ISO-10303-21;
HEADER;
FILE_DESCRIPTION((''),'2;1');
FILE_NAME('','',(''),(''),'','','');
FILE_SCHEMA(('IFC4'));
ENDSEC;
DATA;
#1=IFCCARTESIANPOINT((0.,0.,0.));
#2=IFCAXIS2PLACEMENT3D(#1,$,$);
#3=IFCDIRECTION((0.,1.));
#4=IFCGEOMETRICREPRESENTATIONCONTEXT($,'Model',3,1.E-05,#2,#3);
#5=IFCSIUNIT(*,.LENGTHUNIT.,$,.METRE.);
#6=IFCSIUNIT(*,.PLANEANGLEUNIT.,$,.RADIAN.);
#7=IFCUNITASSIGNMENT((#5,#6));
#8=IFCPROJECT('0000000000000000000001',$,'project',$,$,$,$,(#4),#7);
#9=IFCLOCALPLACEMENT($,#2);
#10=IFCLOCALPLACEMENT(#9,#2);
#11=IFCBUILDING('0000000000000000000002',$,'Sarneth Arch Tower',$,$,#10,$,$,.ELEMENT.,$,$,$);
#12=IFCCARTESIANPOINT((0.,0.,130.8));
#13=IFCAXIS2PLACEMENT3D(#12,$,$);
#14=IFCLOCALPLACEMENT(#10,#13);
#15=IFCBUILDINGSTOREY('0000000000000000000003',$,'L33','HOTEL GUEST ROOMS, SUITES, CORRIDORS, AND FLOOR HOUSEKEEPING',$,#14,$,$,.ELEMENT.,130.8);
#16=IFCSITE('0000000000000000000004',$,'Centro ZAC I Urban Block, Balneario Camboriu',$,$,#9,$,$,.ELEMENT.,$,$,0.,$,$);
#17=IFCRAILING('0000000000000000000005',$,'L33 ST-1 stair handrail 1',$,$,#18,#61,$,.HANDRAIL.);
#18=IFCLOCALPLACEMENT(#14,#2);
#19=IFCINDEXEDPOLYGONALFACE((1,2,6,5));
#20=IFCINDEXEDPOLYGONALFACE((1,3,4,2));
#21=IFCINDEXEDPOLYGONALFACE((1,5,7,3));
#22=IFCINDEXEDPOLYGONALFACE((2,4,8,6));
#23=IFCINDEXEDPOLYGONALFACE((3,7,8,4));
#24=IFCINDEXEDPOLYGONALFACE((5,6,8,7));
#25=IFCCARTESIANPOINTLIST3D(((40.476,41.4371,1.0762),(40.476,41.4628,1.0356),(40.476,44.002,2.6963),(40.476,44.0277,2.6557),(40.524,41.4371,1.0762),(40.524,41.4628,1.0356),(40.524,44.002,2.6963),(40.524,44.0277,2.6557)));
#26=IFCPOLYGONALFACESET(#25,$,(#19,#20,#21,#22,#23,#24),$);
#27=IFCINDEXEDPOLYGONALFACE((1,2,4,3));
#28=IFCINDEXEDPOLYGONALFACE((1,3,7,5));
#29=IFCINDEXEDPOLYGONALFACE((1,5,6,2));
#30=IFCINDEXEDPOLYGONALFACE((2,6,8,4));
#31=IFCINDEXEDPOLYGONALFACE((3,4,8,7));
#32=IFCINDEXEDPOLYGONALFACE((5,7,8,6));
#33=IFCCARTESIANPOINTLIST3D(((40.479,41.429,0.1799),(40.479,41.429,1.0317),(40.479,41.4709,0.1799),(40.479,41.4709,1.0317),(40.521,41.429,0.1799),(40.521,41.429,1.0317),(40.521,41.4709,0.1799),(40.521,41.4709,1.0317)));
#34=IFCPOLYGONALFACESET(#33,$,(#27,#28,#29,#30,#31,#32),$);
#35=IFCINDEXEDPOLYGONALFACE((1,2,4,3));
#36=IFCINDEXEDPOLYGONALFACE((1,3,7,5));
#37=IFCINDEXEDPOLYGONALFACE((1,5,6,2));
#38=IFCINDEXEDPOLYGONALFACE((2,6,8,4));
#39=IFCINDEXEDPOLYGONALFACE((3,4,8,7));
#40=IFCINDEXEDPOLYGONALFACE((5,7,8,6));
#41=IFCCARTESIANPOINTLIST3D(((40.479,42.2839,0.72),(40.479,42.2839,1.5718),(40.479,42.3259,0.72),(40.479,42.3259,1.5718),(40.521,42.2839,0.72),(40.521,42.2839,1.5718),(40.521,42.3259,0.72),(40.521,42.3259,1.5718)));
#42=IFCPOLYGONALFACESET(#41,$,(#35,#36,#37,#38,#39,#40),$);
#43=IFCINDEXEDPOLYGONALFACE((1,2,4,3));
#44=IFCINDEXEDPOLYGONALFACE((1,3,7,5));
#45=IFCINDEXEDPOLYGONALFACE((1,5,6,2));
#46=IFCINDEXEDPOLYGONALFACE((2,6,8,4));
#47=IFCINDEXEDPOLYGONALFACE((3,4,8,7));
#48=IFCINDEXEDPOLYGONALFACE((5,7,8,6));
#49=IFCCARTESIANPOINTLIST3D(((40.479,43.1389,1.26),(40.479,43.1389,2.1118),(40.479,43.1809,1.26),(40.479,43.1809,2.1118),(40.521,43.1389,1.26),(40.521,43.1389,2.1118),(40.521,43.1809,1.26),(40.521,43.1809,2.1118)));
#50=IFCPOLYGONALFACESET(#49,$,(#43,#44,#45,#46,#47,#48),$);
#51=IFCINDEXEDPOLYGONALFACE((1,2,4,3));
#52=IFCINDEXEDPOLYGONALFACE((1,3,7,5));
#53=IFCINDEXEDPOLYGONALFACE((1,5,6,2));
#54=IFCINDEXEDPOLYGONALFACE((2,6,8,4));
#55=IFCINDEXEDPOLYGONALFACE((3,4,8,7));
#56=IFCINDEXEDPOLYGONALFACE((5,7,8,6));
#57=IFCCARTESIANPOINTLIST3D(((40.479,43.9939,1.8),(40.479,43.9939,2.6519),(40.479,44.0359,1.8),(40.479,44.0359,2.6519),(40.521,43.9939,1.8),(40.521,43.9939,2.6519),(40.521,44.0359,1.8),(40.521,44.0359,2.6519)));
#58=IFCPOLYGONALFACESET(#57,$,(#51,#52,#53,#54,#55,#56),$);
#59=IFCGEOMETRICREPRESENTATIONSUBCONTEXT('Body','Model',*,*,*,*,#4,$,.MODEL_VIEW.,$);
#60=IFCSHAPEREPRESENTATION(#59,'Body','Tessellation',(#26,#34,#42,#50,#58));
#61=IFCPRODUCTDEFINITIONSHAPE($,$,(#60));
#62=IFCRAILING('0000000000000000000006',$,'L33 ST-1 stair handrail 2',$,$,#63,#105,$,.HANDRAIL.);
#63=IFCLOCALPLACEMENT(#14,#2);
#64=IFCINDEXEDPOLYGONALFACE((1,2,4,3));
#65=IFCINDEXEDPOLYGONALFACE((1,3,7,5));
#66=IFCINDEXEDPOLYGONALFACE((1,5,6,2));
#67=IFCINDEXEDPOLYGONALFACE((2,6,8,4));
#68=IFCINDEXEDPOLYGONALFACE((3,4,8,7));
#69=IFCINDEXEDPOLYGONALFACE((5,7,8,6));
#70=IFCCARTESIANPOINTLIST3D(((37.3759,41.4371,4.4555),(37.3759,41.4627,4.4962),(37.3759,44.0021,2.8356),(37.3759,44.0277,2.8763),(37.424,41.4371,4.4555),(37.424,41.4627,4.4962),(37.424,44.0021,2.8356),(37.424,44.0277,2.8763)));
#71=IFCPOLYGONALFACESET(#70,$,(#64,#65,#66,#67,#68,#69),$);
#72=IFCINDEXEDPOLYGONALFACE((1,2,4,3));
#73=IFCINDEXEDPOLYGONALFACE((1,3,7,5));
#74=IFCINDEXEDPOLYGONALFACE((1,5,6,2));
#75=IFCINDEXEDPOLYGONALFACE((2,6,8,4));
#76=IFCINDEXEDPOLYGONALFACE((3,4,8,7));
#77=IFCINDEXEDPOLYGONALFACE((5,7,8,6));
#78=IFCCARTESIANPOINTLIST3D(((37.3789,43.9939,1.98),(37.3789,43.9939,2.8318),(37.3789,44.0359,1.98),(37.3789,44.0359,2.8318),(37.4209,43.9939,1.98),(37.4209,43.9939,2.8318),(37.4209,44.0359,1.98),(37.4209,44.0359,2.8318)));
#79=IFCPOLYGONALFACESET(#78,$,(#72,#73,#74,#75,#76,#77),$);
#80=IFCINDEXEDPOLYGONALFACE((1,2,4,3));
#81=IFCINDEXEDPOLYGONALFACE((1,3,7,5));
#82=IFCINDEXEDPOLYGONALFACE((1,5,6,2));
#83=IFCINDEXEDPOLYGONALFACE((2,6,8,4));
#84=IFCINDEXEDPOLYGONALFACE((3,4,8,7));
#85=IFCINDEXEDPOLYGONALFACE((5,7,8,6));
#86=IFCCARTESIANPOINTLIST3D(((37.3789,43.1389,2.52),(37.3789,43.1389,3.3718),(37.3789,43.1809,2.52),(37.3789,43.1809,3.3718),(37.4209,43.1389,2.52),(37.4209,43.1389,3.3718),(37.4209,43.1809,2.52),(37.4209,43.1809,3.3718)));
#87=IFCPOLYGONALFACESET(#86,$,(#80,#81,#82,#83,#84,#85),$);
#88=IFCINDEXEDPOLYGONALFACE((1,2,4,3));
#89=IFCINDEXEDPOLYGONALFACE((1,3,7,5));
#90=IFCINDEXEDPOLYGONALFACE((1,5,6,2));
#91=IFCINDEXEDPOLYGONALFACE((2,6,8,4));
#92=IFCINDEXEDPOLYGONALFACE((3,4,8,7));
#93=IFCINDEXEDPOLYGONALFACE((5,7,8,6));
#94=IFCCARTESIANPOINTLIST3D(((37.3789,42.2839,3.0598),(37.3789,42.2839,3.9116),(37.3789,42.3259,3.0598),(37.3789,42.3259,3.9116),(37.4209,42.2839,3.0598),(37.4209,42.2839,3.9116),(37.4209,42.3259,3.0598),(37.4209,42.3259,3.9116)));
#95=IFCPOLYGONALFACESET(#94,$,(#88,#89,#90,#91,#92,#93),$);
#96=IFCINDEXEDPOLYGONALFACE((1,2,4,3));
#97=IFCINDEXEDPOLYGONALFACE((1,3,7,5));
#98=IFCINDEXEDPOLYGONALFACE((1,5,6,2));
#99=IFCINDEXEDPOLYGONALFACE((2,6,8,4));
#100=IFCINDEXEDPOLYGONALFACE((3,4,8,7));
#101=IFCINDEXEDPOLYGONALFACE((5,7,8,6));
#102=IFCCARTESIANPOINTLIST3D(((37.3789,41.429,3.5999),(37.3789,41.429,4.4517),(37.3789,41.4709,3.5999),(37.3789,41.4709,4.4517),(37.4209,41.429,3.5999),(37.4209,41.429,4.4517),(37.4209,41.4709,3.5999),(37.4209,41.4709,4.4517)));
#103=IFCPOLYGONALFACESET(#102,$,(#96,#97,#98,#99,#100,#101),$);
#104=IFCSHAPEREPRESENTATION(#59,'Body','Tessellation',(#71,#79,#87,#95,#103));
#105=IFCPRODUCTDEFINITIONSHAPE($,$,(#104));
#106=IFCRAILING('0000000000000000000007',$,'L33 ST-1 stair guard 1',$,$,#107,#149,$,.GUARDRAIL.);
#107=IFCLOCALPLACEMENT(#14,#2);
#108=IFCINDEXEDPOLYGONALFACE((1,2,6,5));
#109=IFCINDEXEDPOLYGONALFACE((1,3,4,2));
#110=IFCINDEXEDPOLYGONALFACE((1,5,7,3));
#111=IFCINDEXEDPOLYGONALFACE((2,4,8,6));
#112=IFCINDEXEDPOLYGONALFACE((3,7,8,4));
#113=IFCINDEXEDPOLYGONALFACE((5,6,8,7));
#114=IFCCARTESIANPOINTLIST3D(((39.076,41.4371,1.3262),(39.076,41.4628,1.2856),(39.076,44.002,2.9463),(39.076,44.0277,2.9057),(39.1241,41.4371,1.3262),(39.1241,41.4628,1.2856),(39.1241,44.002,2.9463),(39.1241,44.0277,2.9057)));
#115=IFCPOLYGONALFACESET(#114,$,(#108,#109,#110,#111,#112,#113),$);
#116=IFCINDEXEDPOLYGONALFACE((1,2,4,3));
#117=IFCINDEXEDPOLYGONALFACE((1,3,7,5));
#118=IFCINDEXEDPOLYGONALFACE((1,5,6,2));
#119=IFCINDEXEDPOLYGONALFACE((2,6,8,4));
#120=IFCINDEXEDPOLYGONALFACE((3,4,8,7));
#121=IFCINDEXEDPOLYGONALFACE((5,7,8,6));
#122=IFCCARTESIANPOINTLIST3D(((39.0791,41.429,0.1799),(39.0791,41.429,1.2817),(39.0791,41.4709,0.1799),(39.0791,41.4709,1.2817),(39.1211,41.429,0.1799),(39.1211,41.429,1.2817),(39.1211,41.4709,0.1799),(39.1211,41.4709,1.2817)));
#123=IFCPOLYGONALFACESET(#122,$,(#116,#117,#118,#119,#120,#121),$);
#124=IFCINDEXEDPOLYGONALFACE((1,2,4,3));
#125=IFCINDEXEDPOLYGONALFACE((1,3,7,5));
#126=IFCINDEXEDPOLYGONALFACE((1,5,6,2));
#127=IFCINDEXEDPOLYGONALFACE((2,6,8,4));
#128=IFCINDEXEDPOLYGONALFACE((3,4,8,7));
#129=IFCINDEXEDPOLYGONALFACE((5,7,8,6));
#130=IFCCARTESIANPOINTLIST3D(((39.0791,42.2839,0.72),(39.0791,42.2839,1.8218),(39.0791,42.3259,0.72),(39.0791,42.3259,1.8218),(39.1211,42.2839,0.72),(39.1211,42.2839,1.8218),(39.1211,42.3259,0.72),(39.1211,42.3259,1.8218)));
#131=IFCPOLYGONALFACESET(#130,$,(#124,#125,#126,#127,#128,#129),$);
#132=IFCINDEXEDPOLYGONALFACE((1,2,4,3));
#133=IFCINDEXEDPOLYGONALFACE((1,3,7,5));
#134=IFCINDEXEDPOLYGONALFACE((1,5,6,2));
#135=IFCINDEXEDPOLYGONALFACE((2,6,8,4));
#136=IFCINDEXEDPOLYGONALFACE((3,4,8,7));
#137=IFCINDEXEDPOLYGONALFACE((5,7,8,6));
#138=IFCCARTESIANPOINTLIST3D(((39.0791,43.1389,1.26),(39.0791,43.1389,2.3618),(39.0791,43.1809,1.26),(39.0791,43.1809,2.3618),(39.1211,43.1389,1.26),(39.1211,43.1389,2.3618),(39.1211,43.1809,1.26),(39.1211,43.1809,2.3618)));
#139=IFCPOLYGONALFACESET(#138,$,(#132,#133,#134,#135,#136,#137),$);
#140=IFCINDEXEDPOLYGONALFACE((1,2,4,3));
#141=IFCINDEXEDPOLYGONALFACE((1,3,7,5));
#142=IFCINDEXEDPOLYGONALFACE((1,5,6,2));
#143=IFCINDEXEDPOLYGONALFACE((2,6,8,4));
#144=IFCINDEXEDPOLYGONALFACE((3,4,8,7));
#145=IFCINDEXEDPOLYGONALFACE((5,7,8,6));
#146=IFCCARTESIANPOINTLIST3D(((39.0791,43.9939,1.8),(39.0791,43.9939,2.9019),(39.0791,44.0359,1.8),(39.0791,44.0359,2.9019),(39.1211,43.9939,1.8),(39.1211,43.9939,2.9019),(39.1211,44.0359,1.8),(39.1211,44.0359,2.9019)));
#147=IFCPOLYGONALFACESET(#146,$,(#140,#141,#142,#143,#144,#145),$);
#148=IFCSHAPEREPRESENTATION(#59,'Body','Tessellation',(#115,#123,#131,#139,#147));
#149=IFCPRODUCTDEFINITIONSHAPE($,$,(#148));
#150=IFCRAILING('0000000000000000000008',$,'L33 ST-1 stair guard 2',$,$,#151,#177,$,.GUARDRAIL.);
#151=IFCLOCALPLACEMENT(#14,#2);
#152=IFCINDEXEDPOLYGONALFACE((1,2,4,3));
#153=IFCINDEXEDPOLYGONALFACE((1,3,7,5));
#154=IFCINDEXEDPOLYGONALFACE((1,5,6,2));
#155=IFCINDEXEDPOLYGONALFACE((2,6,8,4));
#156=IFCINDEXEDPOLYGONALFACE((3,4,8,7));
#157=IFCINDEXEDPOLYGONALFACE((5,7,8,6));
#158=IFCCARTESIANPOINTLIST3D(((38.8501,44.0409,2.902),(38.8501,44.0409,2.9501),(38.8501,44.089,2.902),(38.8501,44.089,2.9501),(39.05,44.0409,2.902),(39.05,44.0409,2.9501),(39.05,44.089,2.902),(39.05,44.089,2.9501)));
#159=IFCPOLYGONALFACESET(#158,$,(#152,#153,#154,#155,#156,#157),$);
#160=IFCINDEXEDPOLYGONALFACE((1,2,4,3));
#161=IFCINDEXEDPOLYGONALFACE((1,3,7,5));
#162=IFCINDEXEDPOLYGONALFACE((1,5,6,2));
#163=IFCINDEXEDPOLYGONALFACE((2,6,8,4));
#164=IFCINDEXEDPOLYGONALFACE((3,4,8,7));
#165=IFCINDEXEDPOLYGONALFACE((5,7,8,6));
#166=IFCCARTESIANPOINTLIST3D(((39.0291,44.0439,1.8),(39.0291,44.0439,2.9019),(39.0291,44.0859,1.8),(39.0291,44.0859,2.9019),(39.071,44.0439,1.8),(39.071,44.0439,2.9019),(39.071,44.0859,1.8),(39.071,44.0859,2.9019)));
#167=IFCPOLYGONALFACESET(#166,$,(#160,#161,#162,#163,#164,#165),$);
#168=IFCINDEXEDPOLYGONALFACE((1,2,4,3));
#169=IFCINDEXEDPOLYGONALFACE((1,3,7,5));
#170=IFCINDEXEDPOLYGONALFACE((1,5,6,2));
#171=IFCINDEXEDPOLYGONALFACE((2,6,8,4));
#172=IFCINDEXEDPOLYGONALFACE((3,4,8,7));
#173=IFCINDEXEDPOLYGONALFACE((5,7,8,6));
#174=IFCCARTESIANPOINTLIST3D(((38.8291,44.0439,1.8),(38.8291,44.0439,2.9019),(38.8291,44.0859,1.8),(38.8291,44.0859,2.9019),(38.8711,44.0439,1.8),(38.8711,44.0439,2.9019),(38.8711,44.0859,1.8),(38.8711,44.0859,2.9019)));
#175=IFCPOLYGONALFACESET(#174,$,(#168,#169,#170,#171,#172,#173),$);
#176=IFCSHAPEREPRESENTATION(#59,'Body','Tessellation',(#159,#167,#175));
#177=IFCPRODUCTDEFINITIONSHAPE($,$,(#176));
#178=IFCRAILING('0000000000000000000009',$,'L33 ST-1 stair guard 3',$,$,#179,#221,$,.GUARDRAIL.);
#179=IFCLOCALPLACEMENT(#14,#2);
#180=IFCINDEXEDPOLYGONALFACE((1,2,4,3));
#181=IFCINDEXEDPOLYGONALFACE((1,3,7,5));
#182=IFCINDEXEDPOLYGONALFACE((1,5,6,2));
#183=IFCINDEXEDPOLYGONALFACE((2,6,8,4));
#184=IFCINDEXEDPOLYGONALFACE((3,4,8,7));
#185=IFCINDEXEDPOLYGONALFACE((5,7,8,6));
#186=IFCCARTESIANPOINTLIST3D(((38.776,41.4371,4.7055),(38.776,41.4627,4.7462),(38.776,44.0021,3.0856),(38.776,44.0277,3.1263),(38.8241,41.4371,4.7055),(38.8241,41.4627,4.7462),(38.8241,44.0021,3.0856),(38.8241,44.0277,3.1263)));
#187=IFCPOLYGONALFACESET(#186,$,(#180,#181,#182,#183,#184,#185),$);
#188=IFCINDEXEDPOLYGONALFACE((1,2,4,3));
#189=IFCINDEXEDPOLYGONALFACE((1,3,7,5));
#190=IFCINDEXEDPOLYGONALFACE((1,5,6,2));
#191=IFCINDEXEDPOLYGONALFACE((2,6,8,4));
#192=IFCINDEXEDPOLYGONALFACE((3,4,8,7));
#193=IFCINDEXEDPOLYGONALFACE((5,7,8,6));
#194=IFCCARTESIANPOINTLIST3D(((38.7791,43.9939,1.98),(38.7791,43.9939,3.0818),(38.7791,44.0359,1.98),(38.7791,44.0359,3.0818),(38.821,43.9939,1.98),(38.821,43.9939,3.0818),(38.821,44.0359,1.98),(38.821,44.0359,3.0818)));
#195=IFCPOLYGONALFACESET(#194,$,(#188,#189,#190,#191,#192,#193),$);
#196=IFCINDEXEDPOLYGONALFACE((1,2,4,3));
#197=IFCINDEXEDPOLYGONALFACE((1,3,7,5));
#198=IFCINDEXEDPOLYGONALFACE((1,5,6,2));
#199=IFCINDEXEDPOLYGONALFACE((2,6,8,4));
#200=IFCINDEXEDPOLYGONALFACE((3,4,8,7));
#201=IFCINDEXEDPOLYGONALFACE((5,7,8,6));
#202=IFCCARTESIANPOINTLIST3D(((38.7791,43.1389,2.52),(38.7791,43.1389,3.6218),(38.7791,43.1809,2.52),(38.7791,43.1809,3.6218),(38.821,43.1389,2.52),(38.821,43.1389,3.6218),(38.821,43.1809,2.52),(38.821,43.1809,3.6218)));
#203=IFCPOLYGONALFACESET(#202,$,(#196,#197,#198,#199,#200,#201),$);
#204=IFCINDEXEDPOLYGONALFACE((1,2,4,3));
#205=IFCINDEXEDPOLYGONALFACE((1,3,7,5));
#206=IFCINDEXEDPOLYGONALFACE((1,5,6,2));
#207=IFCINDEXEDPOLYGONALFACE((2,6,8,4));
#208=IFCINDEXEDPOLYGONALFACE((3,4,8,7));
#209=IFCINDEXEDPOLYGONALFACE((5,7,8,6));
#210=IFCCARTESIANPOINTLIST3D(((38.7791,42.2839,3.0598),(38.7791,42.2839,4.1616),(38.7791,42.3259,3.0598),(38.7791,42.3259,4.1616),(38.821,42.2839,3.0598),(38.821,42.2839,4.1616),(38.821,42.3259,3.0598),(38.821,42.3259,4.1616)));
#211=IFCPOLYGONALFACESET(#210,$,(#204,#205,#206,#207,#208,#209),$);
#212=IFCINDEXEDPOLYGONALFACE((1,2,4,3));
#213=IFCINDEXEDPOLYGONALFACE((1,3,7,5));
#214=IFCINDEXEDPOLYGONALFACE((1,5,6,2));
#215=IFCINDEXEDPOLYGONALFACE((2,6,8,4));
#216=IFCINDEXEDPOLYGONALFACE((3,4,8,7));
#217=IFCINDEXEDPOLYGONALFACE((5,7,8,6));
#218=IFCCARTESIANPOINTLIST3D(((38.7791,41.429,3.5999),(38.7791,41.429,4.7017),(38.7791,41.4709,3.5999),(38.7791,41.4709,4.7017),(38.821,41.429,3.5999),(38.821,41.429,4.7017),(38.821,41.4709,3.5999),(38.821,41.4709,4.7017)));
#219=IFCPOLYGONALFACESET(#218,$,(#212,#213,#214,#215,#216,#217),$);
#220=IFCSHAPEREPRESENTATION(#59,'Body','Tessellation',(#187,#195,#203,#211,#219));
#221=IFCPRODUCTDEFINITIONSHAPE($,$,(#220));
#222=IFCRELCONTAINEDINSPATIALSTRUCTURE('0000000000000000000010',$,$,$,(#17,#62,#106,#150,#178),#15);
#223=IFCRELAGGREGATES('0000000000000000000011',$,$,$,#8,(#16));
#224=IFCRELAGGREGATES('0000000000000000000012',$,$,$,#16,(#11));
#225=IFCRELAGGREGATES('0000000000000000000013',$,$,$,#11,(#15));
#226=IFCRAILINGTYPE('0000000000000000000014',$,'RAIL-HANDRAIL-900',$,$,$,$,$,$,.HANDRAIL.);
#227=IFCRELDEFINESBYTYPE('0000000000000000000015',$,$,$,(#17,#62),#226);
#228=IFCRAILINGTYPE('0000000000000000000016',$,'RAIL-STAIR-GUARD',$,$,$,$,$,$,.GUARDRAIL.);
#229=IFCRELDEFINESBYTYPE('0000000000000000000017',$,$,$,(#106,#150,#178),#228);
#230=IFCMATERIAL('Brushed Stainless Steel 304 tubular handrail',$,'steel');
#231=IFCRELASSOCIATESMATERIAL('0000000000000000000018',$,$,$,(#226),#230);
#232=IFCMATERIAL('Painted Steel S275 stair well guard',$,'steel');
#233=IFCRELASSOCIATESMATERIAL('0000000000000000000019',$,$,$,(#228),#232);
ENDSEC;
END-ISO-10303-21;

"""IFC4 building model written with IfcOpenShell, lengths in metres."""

from ifc_helpers import new_model, si_unit, direction, frame, origin, origin_2d, place, context, subcontext, project, spatial, rectangle, extrude, material, type_object, element, save


model = new_model("IFC4")

# Units and contexts
model_context = context("Model", 3, precision=1e-05, world=origin(), true_north=direction((0.0, 1.0)))
body_context = subcontext(model_context, "Body", "Model", "MODEL_VIEW")
ifc_project = project(units=[si_unit("LENGTHUNIT", "METRE"), si_unit("PLANEANGLEUNIT", "RADIAN")], contexts=[model_context])

# Site, building, storey
site_placement = place(None, origin())
site = spatial("IfcSite", under=ifc_project, at=site_placement, Name="Centro ZAC I Urban Block, Balneario Camboriu", CompositionType="ELEMENT", RefElevation=0.0)
building_placement = place(site_placement, origin())
building = spatial("IfcBuilding", under=site, at=building_placement, Name="Sarneth Arch Tower", CompositionType="ELEMENT")
storey_placement = place(building_placement, frame((0.0, 0.0, 130.8)))
storey = spatial("IfcBuildingStorey", under=building, at=storey_placement, Name="L33", Description="HOTEL GUEST ROOMS, SUITES, CORRIDORS, AND FLOOR HOUSEKEEPING", CompositionType="ELEMENT", Elevation=130.8)

# Railings
ifc_material_1 = material(Name="Brushed Stainless Steel 304 tubular handrail", Category="steel")
railing_type_1 = type_object("IfcRailingType", Name="RAIL-HANDRAIL-900", PredefinedType="HANDRAIL", material=ifc_material_1)
railing_1_placement = place(storey_placement, frame((40.5, 41.45, 0.1799)))
element("IfcRailing", 1, at=railing_1_placement, inside=storey, type_object=railing_type_1, Name="L33 ST-1 stair handrail 1", PredefinedType="HANDRAIL", context=body_context, shape_type="SweptSolid", body=[
    extrude(rectangle(XDim=0.0481, YDim=0.0481, at=origin_2d()), frame((0.0, 0.0, 0.876), z_axis=(0.0, 0.845466, 0.534029), x_axis=(-1.0, 0.0, 0.0)), (0.0, 0.0, 1.0), 3.0337),
    extrude(rectangle(XDim=0.042, YDim=0.042, at=origin_2d()), origin(), (0.0, 0.0, 1.0), 0.8518),
    extrude(rectangle(XDim=0.042, YDim=0.042, at=origin_2d()), frame((0.0, 0.855, 0.54)), (0.0, 0.0, 1.0), 0.8518),
    extrude(rectangle(XDim=0.042, YDim=0.042, at=origin_2d()), frame((0.0, 1.71, 1.0801)), (0.0, 0.0, 1.0), 0.8518),
    extrude(rectangle(XDim=0.042, YDim=0.042, at=origin_2d()), frame((0.0, 2.5649, 1.6201)), (0.0, 0.0, 1.0), 0.8518),
])
railing_2_placement = place(storey_placement, frame((37.3999, 44.0149, 1.98)))
element("IfcRailing", 2, at=railing_2_placement, inside=storey, type_object=railing_type_1, Name="L33 ST-1 stair handrail 2", PredefinedType="HANDRAIL", context=body_context, shape_type="SweptSolid", body=[
    extrude(rectangle(XDim=0.0481, YDim=0.0481, at=origin_2d()), frame((0.0, 0.0, 0.876), z_axis=(0.0, -0.845502, 0.533972), x_axis=(1.0, 0.0, 0.0)), (0.0, 0.0, 1.0), 3.0337),
    extrude(rectangle(XDim=0.042, YDim=0.042, at=origin_2d()), origin(), (0.0, 0.0, 1.0), 0.8518),
    extrude(rectangle(XDim=0.042, YDim=0.042, at=origin_2d()), frame((0.0, -0.855, 0.54)), (0.0, 0.0, 1.0), 0.8518),
    extrude(rectangle(XDim=0.042, YDim=0.042, at=origin_2d()), frame((0.0, -1.71, 1.0798)), (0.0, 0.0, 1.0), 0.8518),
    extrude(rectangle(XDim=0.042, YDim=0.042, at=origin_2d()), frame((0.0, -2.5649, 1.6199)), (0.0, 0.0, 1.0), 0.8518),
])
ifc_material_2 = material(Name="Painted Steel S275 stair well guard", Category="steel")
railing_type_2 = type_object("IfcRailingType", Name="RAIL-STAIR-GUARD", PredefinedType="GUARDRAIL", material=ifc_material_2)
railing_3_placement = place(storey_placement, frame((39.1001, 41.45, 0.1799)))
element("IfcRailing", 3, at=railing_3_placement, inside=storey, type_object=railing_type_2, Name="L33 ST-1 stair guard 1", PredefinedType="GUARDRAIL", context=body_context, shape_type="SweptSolid", body=[
    extrude(rectangle(XDim=0.0481, YDim=0.0481, at=origin_2d()), frame((0.0, 0.0, 1.126), z_axis=(0.0, 0.845466, 0.534029), x_axis=(-1.0, 0.0, 0.0)), (0.0, 0.0, 1.0), 3.0337),
    extrude(rectangle(XDim=0.042, YDim=0.042, at=origin_2d()), origin(), (0.0, 0.0, 1.0), 1.1018),
    extrude(rectangle(XDim=0.042, YDim=0.042, at=origin_2d()), frame((0.0, 0.855, 0.54)), (0.0, 0.0, 1.0), 1.1018),
    extrude(rectangle(XDim=0.042, YDim=0.042, at=origin_2d()), frame((0.0, 1.71, 1.0801)), (0.0, 0.0, 1.0), 1.1018),
    extrude(rectangle(XDim=0.042, YDim=0.042, at=origin_2d()), frame((0.0, 2.5649, 1.6201)), (0.0, 0.0, 1.0), 1.1018),
])
railing_4_placement = place(storey_placement, frame((39.05, 44.0649, 1.8)))
element("IfcRailing", 4, at=railing_4_placement, inside=storey, type_object=railing_type_2, Name="L33 ST-1 stair guard 2", PredefinedType="GUARDRAIL", context=body_context, shape_type="SweptSolid", body=[
    extrude(rectangle(XDim=0.0481, YDim=0.0481, at=origin_2d()), frame((0.0, 0.0, 1.126), z_axis=(-1.0, 0.0, 0.0), x_axis=(0.0, -1.0, 0.0)), (0.0, 0.0, 1.0), 0.2),
    extrude(rectangle(XDim=0.042, YDim=0.042, at=origin_2d()), origin(), (0.0, 0.0, 1.0), 1.1018),
    extrude(rectangle(XDim=0.042, YDim=0.042, at=origin_2d()), frame((-0.2, 0.0, 0.0)), (0.0, 0.0, 1.0), 1.1018),
])
railing_5_placement = place(storey_placement, frame((38.8, 44.0149, 1.98)))
element("IfcRailing", 5, at=railing_5_placement, inside=storey, type_object=railing_type_2, Name="L33 ST-1 stair guard 3", PredefinedType="GUARDRAIL", context=body_context, shape_type="SweptSolid", body=[
    extrude(rectangle(XDim=0.0481, YDim=0.0481, at=origin_2d()), frame((0.0, 0.0, 1.126), z_axis=(0.0, -0.845502, 0.533972), x_axis=(1.0, 0.0, 0.0)), (0.0, 0.0, 1.0), 3.0337),
    extrude(rectangle(XDim=0.042, YDim=0.042, at=origin_2d()), origin(), (0.0, 0.0, 1.0), 1.1018),
    extrude(rectangle(XDim=0.042, YDim=0.042, at=origin_2d()), frame((0.0, -0.855, 0.54)), (0.0, 0.0, 1.0), 1.1018),
    extrude(rectangle(XDim=0.042, YDim=0.042, at=origin_2d()), frame((0.0, -1.71, 1.0798)), (0.0, 0.0, 1.0), 1.1018),
    extrude(rectangle(XDim=0.042, YDim=0.042, at=origin_2d()), frame((0.0, -2.5649, 1.6199)), (0.0, 0.0, 1.0), 1.1018),
])

save(model, "model.ifc")
